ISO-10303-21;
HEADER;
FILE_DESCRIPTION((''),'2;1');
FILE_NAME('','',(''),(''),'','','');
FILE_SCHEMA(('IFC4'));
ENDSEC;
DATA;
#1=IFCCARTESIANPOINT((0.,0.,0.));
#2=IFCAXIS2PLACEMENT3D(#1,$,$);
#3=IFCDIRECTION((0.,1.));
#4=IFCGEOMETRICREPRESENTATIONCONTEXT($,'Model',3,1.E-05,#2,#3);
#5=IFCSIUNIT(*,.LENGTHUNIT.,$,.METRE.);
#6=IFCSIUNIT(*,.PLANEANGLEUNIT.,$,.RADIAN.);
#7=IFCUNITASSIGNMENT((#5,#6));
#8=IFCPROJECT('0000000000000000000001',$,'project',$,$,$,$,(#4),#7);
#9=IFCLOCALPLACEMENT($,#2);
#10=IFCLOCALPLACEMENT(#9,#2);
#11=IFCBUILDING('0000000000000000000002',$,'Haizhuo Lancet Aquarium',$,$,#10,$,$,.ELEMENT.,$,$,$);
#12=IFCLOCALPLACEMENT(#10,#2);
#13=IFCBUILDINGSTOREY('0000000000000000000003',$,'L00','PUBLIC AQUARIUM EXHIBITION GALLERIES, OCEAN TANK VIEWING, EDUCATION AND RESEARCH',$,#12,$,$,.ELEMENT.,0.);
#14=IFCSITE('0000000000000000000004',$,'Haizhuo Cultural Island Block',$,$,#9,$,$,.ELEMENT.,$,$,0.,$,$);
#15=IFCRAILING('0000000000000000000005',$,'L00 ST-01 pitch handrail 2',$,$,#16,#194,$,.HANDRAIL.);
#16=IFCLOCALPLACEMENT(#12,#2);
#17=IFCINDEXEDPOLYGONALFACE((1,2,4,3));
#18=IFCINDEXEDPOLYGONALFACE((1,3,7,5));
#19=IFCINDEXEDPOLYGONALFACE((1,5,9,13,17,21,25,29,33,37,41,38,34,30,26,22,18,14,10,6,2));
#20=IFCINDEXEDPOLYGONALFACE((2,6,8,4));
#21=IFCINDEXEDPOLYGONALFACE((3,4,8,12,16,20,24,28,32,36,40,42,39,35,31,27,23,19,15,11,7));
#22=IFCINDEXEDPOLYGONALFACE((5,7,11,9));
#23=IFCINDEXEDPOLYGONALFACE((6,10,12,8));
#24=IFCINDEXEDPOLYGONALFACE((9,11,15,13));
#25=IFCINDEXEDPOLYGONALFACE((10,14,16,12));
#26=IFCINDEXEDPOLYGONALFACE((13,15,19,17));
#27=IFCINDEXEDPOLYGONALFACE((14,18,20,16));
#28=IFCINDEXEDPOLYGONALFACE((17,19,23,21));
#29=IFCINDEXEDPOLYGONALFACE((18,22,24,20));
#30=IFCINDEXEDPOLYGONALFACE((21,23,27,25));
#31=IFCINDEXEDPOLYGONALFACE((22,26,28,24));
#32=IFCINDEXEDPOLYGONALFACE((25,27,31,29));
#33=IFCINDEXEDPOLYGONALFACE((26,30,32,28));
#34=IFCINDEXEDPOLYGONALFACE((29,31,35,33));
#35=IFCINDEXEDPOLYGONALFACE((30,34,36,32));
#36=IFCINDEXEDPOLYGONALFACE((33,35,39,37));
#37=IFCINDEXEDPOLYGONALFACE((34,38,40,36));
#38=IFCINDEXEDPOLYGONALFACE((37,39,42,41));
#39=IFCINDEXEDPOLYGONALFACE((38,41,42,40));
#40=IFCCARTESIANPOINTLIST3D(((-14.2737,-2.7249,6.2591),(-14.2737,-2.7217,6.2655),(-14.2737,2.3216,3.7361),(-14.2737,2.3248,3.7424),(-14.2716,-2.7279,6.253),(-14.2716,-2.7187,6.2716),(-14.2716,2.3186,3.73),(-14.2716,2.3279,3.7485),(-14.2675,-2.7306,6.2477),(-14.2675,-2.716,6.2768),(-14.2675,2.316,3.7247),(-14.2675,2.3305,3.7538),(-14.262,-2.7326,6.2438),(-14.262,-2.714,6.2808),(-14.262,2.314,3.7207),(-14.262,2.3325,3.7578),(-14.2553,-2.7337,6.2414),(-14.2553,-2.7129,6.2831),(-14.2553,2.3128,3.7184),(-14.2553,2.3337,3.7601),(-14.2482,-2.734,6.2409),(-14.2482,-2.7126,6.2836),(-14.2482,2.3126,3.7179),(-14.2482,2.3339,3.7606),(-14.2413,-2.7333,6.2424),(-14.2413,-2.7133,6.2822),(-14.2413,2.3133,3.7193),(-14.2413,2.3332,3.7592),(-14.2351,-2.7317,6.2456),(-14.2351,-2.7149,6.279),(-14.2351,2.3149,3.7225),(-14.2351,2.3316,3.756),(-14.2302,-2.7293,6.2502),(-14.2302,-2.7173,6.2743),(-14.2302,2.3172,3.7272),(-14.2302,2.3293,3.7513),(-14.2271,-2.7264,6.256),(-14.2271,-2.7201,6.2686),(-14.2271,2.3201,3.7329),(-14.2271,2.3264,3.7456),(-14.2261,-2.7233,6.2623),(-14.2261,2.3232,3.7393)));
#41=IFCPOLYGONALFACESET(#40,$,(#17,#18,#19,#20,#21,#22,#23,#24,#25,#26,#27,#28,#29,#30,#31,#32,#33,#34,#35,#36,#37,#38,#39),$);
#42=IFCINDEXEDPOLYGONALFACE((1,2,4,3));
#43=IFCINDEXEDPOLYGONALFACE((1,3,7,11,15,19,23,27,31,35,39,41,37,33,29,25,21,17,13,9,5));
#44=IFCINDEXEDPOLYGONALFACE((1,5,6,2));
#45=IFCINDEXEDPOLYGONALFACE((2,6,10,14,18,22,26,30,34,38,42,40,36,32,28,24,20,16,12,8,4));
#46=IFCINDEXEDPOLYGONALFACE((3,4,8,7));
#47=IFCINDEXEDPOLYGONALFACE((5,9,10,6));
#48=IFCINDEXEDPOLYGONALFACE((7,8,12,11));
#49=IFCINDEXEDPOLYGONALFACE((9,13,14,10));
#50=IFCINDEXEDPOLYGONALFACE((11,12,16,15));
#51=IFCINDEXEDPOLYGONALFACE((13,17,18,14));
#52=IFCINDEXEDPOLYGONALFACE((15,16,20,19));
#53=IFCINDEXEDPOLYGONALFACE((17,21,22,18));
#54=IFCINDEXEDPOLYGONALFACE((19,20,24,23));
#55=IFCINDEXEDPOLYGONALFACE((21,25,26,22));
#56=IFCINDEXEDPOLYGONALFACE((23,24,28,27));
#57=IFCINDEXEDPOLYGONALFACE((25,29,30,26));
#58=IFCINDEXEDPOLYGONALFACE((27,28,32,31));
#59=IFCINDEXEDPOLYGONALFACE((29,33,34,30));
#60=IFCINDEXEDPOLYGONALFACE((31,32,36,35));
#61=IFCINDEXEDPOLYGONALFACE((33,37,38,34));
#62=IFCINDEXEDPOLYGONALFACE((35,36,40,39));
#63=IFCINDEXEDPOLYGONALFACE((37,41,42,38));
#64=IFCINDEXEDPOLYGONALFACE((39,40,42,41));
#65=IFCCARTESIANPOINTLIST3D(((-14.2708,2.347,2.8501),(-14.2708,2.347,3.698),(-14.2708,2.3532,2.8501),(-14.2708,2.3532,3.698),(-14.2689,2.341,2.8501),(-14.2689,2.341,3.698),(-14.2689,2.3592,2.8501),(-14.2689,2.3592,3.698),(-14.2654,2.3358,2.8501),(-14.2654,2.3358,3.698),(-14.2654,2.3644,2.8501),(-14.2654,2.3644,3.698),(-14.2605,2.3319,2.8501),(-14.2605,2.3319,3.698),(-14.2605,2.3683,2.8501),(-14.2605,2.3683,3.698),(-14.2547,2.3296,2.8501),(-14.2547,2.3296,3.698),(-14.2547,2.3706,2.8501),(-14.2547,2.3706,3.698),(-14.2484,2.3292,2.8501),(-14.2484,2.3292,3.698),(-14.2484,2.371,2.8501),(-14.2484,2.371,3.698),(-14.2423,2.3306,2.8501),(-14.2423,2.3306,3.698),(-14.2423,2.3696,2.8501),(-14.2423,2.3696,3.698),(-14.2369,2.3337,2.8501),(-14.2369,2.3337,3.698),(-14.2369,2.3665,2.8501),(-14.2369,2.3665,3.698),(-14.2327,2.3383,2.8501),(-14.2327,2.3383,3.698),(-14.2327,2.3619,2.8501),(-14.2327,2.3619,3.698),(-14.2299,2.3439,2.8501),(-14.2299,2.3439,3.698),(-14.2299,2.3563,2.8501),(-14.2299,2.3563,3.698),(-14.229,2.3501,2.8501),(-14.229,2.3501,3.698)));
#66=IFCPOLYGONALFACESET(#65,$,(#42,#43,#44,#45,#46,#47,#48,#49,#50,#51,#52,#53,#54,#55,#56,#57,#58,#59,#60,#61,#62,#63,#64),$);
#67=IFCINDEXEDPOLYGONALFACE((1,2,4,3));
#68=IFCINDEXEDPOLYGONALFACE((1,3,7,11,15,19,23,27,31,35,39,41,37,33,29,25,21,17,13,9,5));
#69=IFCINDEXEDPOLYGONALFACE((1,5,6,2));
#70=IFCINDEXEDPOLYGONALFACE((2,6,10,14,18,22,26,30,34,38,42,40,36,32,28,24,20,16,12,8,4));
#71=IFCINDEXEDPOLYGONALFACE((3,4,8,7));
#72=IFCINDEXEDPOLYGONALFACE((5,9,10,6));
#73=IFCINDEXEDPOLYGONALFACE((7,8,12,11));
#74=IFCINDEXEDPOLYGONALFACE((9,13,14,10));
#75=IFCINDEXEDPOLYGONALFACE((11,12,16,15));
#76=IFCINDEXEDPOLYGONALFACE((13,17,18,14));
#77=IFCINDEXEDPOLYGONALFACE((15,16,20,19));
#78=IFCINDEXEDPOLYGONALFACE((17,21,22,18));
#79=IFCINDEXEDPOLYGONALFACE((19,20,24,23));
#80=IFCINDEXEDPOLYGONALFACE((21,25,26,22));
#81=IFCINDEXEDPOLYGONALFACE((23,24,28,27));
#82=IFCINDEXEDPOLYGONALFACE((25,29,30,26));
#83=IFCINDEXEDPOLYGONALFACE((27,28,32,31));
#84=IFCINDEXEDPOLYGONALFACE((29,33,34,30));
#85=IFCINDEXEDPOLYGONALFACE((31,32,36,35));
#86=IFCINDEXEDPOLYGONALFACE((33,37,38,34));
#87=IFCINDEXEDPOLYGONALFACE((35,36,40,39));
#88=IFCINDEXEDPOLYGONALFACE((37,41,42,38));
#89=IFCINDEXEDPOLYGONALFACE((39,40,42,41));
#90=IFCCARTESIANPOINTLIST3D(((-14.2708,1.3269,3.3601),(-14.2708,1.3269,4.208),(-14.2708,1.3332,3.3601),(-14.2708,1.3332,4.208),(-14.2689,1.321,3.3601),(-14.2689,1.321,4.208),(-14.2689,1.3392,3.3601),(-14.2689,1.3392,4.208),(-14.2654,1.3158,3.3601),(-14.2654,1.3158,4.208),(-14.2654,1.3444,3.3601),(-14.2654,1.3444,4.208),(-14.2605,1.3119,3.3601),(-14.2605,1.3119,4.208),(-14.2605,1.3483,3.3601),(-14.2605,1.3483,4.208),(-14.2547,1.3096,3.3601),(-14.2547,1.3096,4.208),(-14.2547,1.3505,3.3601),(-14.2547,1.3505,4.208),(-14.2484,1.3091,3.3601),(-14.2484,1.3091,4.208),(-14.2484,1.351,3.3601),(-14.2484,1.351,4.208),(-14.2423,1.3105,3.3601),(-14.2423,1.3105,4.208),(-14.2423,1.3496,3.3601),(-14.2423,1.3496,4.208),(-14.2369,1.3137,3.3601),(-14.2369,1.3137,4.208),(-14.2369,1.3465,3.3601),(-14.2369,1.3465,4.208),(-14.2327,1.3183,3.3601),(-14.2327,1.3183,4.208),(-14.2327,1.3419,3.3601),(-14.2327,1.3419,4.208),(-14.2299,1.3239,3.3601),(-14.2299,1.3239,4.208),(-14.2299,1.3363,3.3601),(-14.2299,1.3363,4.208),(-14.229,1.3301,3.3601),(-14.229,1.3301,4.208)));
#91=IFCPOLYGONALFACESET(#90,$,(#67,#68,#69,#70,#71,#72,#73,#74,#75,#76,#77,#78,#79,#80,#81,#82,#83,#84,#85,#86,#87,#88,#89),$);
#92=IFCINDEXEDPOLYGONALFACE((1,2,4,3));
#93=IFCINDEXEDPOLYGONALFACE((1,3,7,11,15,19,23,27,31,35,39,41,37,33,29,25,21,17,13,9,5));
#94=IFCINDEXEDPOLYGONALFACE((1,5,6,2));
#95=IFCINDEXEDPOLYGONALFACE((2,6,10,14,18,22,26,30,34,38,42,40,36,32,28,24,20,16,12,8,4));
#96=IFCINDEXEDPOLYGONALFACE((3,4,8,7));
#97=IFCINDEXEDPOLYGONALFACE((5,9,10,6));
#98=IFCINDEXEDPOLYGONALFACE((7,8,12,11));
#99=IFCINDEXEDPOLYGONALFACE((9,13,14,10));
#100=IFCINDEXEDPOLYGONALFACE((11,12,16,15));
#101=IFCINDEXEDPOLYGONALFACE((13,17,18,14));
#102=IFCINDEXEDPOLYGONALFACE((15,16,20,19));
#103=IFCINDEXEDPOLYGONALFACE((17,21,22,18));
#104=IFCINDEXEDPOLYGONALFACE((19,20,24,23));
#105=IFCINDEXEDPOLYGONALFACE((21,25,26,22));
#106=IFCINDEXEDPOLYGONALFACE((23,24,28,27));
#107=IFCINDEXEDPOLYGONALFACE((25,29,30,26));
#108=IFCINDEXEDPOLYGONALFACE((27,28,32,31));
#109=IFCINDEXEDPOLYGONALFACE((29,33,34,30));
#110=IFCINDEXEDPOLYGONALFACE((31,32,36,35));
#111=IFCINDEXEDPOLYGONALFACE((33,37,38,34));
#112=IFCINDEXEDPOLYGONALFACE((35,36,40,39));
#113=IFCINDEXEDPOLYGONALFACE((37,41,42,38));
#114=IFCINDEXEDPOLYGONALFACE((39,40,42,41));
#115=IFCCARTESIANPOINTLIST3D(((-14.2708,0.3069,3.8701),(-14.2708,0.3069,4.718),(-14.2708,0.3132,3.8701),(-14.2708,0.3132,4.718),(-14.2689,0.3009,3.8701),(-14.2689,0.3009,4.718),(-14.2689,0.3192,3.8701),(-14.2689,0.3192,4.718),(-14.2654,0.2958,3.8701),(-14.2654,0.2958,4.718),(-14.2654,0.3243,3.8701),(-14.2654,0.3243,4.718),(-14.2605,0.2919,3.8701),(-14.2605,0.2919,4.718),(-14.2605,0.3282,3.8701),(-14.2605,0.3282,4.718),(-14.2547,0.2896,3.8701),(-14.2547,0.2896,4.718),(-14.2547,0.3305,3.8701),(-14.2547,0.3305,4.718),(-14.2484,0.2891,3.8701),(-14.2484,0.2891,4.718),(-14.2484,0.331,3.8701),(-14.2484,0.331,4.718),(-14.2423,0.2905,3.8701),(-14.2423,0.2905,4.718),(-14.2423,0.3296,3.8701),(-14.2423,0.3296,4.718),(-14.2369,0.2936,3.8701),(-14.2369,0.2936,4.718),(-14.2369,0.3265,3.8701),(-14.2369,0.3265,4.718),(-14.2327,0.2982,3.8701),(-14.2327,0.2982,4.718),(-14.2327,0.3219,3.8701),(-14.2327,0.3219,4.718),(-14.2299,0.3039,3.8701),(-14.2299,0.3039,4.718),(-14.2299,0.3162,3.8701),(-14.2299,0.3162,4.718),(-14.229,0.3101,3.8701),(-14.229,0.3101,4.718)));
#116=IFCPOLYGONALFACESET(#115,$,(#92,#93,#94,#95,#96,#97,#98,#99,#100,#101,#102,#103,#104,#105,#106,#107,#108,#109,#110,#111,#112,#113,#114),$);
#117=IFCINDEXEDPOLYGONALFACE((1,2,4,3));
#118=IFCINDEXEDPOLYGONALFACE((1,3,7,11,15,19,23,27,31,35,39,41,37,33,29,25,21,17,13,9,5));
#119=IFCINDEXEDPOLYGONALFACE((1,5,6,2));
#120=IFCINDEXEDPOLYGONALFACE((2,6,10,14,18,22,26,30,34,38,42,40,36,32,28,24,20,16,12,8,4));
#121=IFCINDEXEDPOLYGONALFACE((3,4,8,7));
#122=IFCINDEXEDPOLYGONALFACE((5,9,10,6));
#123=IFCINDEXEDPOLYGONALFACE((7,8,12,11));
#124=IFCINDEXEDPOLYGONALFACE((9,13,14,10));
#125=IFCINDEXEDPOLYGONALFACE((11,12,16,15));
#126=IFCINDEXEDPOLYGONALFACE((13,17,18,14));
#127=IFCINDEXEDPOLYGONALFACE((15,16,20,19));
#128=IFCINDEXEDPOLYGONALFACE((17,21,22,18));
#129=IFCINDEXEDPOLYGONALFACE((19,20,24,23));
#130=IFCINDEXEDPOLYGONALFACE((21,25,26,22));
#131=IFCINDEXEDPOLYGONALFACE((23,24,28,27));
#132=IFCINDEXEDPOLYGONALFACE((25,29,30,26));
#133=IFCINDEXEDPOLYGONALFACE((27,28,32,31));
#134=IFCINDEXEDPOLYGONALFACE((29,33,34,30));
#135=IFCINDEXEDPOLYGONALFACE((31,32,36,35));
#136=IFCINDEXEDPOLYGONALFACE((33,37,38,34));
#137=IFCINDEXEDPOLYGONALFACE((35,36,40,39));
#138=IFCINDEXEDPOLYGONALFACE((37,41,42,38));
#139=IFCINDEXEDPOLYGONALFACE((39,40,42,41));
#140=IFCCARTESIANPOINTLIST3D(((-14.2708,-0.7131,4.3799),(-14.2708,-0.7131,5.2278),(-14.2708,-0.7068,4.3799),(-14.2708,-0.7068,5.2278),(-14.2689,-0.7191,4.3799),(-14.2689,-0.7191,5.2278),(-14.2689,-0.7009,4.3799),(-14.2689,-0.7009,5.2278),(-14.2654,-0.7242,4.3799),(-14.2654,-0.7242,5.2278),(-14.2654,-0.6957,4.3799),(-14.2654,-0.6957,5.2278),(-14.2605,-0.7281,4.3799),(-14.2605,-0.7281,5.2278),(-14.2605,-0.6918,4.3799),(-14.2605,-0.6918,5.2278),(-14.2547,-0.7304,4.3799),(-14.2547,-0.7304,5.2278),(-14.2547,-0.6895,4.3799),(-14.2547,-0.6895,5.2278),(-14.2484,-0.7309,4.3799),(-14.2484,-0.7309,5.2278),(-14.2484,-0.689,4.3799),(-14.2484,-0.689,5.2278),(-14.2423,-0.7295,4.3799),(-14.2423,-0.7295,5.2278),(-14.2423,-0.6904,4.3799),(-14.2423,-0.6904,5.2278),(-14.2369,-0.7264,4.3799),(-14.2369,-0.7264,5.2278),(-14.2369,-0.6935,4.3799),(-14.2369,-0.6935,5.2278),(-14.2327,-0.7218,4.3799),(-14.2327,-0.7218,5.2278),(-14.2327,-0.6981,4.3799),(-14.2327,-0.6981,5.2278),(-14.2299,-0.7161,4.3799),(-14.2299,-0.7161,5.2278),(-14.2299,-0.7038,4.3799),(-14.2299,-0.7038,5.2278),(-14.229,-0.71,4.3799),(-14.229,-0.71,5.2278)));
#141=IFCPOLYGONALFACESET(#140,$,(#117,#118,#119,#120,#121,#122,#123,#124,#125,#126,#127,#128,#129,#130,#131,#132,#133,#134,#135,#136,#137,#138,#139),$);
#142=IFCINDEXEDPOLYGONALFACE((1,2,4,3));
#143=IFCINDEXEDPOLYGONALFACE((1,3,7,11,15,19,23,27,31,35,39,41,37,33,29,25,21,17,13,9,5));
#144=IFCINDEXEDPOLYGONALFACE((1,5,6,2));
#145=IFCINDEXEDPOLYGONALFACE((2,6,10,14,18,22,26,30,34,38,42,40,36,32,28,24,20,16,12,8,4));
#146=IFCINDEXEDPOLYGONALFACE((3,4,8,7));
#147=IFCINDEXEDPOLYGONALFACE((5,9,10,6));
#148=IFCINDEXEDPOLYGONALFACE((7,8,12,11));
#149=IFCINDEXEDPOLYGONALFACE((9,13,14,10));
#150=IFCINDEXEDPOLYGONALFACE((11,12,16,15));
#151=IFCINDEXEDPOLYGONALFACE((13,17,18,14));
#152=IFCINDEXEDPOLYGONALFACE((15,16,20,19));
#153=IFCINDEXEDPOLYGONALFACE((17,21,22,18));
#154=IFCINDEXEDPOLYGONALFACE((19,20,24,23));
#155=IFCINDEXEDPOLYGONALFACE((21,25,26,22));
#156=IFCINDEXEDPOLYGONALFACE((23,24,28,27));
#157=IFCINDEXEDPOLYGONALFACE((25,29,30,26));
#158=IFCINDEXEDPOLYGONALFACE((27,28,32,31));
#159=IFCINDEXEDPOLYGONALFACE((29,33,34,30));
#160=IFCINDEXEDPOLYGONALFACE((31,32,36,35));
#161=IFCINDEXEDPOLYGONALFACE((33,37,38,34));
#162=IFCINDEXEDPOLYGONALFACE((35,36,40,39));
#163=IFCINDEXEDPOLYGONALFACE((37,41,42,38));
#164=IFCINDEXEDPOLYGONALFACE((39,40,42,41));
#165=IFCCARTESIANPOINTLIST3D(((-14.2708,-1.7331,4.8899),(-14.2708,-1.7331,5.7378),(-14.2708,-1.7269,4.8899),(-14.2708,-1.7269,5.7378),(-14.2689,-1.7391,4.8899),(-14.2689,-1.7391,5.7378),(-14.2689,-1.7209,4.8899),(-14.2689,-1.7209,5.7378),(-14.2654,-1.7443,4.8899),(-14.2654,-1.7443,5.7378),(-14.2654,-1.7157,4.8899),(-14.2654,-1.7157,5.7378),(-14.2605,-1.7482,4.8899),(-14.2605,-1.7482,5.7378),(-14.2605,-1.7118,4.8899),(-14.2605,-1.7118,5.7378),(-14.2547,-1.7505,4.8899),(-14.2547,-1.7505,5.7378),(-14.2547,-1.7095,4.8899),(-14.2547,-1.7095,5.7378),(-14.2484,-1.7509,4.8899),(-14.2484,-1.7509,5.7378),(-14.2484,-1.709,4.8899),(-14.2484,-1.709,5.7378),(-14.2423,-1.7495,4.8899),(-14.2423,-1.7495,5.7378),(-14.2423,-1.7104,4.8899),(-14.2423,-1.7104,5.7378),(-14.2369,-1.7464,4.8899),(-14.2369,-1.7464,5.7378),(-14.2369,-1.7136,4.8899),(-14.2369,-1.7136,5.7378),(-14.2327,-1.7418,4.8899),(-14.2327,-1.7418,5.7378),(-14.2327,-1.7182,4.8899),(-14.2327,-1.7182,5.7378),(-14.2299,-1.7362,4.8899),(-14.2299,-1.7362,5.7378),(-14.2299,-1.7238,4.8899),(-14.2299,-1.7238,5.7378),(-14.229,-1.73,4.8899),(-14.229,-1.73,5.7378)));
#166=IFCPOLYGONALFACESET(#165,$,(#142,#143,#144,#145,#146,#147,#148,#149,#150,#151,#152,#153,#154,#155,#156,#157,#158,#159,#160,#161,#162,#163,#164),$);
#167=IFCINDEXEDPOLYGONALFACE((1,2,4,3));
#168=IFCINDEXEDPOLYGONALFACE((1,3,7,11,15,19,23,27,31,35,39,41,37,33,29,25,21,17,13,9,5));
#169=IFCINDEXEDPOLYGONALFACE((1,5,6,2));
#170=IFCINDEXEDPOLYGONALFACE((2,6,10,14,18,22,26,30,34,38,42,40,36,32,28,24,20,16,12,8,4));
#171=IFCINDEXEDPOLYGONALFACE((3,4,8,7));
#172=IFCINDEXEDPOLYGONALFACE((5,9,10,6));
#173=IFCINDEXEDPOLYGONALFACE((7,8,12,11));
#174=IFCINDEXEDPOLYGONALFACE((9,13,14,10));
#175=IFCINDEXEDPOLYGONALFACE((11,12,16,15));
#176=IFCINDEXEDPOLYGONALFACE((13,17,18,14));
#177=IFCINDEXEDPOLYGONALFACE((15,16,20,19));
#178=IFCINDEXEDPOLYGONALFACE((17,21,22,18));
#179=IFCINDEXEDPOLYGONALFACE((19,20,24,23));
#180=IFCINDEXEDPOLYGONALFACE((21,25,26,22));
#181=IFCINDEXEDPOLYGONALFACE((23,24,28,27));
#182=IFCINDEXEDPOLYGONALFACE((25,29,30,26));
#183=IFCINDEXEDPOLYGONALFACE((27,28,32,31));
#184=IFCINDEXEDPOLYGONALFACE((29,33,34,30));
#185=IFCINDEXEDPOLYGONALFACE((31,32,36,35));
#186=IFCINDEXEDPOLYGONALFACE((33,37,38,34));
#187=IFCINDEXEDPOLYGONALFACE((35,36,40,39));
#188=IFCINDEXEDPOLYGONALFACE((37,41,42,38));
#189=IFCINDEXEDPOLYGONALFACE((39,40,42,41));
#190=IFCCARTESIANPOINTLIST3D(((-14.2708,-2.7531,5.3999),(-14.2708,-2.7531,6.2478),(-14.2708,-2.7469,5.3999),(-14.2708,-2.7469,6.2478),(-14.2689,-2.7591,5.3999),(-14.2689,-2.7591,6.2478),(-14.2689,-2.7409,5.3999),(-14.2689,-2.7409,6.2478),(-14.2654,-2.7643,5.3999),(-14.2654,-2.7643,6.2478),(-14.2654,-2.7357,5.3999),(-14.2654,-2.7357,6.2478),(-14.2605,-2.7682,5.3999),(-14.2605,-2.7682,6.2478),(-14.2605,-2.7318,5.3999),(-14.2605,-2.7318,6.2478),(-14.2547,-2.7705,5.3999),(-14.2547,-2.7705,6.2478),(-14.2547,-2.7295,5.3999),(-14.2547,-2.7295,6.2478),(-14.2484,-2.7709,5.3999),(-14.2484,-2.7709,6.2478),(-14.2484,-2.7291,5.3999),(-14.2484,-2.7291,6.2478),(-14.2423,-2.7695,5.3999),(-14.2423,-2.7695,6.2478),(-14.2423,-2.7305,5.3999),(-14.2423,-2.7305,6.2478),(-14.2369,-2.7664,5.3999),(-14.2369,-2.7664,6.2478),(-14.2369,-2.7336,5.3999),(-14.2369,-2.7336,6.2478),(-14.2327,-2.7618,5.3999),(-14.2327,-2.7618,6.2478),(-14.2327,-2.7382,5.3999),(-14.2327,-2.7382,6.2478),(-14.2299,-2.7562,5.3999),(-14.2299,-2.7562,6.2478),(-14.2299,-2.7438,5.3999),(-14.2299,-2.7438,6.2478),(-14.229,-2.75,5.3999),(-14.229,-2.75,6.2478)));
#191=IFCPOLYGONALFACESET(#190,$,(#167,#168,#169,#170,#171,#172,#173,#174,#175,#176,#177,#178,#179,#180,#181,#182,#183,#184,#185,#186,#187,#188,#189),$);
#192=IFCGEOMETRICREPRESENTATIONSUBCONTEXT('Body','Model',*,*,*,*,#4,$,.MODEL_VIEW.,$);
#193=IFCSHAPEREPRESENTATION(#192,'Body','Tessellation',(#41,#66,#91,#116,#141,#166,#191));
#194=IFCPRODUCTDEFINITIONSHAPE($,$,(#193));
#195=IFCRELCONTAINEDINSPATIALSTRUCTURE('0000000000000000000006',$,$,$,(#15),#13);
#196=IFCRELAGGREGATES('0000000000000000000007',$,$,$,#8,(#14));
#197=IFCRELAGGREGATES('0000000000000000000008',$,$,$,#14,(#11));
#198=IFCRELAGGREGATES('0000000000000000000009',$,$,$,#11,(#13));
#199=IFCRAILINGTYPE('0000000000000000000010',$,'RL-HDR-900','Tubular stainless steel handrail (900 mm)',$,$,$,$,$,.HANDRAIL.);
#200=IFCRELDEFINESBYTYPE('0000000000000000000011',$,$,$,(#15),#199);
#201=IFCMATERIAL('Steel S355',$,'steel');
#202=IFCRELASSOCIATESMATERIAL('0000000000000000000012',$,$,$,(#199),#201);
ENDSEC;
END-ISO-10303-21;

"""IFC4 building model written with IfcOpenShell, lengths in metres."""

from ifc_helpers import new_model, si_unit, direction, frame, origin, origin_2d, place, context, subcontext, project, spatial, circle, extrude, material, type_object, element, save


model = new_model("IFC4")

# Units and contexts
model_context = context("Model", 3, precision=1e-05, world=origin(), true_north=direction((0.0, 1.0)))
body_context = subcontext(model_context, "Body", "Model", "MODEL_VIEW")
ifc_project = project(units=[si_unit("LENGTHUNIT", "METRE"), si_unit("PLANEANGLEUNIT", "RADIAN")], contexts=[model_context])

# Site, building, storey
site_placement = place(None, origin())
site = spatial("IfcSite", under=ifc_project, at=site_placement, Name="Haizhuo Cultural Island Block", CompositionType="ELEMENT", RefElevation=0.0)
building_placement = place(site_placement, origin())
building = spatial("IfcBuilding", under=site, at=building_placement, Name="Haizhuo Lancet Aquarium", CompositionType="ELEMENT")
storey_placement = place(building_placement, origin())
storey = spatial("IfcBuildingStorey", under=building, at=storey_placement, Name="L00", Description="PUBLIC AQUARIUM EXHIBITION GALLERIES, OCEAN TANK VIEWING, EDUCATION AND RESEARCH", CompositionType="ELEMENT", Elevation=0.0)

# Railing
ifc_material_1 = material(Name="Steel S355", Category="steel")
railing_type_1 = type_object("IfcRailingType", Name="RL-HDR-900", Description="Tubular stainless steel handrail (900 mm)", PredefinedType="HANDRAIL", material=ifc_material_1)
railing_1_placement = place(storey_placement, frame((-14.25, 2.3501, 2.8501)))
element("IfcRailing", 1, at=railing_1_placement, inside=storey, type_object=railing_type_1, Name="L00 ST-01 pitch handrail 2", PredefinedType="HANDRAIL", context=body_context, shape_type="SweptSolid", body=[
    extrude(circle(Radius=0.0239, at=origin_2d()), frame((0.0, -0.0269, 0.8892), z_axis=(0.0, -0.894444, 0.447179), x_axis=(1.0, 0.0, 0.0)), (0.0, 0.0, 1.0), 5.6421),
    extrude(circle(Radius=0.021, at=origin_2d()), origin(), (0.0, 0.0, 1.0), 0.8479),
    extrude(circle(Radius=0.021, at=origin_2d()), frame((0.0, -1.02, 0.51)), (0.0, 0.0, 1.0), 0.8479),
    extrude(circle(Radius=0.021, at=origin_2d()), frame((0.0, -2.04, 1.02)), (0.0, 0.0, 1.0), 0.8479),
    extrude(circle(Radius=0.021, at=origin_2d()), frame((0.0, -3.0601, 1.5298)), (0.0, 0.0, 1.0), 0.8479),
    extrude(circle(Radius=0.021, at=origin_2d()), frame((0.0, -4.0801, 2.0398)), (0.0, 0.0, 1.0), 0.8479),
    extrude(circle(Radius=0.021, at=origin_2d()), frame((0.0, -5.1001, 2.5498)), (0.0, 0.0, 1.0), 0.8479),
])

save(model, "model.ifc")
